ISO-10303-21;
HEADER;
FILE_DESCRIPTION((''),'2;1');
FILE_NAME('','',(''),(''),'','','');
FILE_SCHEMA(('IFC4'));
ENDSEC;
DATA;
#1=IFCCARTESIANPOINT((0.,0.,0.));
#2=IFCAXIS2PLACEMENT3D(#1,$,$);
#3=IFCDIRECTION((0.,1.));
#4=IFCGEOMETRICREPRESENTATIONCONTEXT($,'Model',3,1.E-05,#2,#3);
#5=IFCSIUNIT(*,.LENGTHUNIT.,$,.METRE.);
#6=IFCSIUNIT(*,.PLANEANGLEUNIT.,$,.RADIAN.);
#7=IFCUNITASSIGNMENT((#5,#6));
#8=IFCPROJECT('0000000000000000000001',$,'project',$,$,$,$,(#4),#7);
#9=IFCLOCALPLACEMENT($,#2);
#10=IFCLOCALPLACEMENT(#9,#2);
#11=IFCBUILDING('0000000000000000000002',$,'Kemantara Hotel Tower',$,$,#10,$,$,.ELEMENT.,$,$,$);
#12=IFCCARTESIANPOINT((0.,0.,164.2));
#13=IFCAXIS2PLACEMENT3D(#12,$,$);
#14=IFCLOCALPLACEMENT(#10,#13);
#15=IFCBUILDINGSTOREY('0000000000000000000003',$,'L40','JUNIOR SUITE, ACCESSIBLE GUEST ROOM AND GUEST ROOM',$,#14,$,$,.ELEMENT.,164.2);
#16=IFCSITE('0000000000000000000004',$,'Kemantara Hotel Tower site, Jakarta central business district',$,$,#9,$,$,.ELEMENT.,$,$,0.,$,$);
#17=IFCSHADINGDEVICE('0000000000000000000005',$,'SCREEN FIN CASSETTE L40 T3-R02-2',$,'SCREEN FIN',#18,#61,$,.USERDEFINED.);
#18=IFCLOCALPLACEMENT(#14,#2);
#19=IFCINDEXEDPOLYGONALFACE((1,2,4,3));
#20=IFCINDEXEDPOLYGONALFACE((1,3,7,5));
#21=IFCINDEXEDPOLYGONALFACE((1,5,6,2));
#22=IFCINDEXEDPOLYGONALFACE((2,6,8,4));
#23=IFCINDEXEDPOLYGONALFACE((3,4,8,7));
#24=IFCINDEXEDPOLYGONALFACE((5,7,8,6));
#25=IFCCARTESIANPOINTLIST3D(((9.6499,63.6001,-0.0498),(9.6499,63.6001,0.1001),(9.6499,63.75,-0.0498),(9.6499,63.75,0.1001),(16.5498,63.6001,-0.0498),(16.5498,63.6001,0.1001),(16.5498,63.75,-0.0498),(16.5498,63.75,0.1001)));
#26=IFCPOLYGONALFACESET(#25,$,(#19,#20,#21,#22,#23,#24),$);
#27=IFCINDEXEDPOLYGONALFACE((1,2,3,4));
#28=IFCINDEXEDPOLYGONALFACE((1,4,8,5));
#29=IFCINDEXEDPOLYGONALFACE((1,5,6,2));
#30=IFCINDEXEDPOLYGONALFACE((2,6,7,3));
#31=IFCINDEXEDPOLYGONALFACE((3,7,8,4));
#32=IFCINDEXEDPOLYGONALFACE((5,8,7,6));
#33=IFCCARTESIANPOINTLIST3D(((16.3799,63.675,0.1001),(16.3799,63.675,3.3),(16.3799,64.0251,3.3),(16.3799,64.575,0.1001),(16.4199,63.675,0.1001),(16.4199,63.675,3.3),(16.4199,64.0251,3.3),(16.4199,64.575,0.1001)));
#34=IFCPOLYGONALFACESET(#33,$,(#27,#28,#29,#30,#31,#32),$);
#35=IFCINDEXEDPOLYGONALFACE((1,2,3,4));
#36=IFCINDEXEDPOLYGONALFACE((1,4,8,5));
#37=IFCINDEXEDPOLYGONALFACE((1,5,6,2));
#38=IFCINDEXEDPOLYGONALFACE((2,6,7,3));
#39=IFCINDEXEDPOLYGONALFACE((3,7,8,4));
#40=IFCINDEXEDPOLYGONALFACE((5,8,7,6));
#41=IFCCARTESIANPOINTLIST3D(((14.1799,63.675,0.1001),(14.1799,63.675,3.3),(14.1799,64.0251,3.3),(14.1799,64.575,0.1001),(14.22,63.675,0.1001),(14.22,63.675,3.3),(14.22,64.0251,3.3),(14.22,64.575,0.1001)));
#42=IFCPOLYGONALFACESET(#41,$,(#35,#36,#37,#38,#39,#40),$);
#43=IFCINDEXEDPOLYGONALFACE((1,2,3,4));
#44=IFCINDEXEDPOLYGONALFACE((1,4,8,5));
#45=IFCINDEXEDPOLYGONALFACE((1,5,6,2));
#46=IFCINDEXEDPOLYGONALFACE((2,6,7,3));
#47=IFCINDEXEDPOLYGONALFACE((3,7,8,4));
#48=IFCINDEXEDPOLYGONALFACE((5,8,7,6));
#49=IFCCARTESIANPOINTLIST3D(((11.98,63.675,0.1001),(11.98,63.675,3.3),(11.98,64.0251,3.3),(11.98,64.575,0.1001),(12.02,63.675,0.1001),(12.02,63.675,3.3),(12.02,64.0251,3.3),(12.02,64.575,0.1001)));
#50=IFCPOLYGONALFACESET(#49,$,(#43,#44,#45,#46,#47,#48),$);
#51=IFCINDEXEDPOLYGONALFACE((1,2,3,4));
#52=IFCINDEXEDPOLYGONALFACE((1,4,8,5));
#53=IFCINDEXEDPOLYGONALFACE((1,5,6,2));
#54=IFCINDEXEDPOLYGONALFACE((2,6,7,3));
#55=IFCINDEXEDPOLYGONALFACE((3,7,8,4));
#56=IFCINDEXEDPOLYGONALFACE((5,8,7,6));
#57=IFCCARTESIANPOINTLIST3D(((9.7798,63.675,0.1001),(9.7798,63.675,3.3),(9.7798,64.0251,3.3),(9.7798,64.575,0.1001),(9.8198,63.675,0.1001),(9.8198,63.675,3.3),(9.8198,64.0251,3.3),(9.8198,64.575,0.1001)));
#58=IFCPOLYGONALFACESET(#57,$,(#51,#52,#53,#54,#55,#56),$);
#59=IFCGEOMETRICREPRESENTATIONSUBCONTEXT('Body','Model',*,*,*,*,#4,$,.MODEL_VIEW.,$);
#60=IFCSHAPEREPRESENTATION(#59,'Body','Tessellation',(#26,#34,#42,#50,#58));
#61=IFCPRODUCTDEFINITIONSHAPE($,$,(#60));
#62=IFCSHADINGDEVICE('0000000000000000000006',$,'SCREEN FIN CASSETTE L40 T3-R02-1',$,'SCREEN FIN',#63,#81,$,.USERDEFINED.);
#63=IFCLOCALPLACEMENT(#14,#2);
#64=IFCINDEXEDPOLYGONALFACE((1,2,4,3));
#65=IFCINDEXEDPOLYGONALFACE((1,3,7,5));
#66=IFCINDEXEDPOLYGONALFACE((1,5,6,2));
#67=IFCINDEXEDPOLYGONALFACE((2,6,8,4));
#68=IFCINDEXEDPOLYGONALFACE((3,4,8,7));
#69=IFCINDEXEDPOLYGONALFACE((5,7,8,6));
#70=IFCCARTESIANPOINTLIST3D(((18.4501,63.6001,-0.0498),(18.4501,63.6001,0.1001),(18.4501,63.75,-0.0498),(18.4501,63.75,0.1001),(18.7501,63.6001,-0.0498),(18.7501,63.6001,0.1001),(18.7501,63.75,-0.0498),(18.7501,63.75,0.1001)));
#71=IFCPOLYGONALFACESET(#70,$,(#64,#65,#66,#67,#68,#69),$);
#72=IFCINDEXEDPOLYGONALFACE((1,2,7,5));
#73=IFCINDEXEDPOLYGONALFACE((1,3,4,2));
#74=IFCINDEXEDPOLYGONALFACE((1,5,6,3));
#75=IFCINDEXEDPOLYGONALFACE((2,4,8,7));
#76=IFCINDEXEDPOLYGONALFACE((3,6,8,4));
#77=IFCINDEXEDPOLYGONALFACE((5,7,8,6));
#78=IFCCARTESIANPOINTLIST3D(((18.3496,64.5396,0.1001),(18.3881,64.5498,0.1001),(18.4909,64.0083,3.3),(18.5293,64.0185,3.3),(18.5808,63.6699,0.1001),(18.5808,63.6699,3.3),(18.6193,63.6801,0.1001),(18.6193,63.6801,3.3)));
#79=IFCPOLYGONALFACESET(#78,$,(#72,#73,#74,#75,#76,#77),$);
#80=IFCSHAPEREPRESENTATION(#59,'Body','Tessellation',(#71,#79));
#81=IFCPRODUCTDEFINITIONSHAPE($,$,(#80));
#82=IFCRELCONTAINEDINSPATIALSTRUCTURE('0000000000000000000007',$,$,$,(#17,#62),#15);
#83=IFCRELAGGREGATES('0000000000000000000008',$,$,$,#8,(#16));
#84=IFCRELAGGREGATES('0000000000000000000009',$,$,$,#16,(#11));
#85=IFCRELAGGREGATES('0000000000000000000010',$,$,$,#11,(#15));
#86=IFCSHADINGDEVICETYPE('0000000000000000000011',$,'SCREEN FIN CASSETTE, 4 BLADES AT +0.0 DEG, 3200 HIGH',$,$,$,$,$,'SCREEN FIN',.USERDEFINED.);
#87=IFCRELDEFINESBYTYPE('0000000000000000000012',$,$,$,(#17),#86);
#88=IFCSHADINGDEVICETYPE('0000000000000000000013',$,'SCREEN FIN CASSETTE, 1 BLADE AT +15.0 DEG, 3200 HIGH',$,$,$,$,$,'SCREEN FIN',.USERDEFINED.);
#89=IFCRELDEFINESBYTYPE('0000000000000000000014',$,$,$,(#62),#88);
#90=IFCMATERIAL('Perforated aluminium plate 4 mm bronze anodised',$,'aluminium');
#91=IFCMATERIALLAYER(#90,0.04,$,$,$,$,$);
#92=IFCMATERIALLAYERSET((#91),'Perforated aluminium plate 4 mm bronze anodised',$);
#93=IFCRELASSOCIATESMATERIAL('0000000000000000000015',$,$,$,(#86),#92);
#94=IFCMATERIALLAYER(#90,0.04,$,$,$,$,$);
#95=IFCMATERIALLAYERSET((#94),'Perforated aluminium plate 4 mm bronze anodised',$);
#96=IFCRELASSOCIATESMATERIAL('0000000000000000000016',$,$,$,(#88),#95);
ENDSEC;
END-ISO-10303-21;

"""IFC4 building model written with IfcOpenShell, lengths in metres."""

from ifc_helpers import new_model, si_unit, direction, frame, origin, origin_2d, place, context, subcontext, project, spatial, polyline, rectangle, outline, extrude, source, transform, mapped, material, layer, layer_set, type_object, element, save


model = new_model("IFC4")

# Units and contexts
model_context = context("Model", 3, precision=1e-05, world=origin(), true_north=direction((0.0, 1.0)))
body_context = subcontext(model_context, "Body", "Model", "MODEL_VIEW")
ifc_project = project(units=[si_unit("LENGTHUNIT", "METRE"), si_unit("PLANEANGLEUNIT", "RADIAN")], contexts=[model_context])

# Site, building, storey
site_placement = place(None, origin())
site = spatial("IfcSite", under=ifc_project, at=site_placement, Name="Kemantara Hotel Tower site, Jakarta central business district", CompositionType="ELEMENT", RefElevation=0.0)
building_placement = place(site_placement, origin())
building = spatial("IfcBuilding", under=site, at=building_placement, Name="Kemantara Hotel Tower", CompositionType="ELEMENT")
storey_placement = place(building_placement, frame((0.0, 0.0, 164.2)))
storey = spatial("IfcBuildingStorey", under=building, at=storey_placement, Name="L40", Description="JUNIOR SUITE, ACCESSIBLE GUEST ROOM AND GUEST ROOM", CompositionType="ELEMENT", Elevation=164.2)

# Shading devices
ifc_material_1 = material(Name="Perforated aluminium plate 4 mm bronze anodised", Category="aluminium")
ifc_layer_1 = layer(ifc_material_1, 0.04)
ifc_layer_set_1 = layer_set([ifc_layer_1], Name="Perforated aluminium plate 4 mm bronze anodised")
shading_device_type_1 = type_object("IfcShadingDeviceType", Name="SCREEN FIN CASSETTE, 4 BLADES AT +0.0 DEG, 3200 HIGH", ElementType="SCREEN FIN", PredefinedType="USERDEFINED", material=ifc_layer_set_1)
shared_shape_1 = source(origin(), body_context, "Body", "SweptSolid", [
    extrude(rectangle(XDim=6.8999, YDim=0.1499, at=origin_2d()), frame((3.3, -0.075, -0.1499), z_axis=(0.0, 0.0, 1.0), x_axis=(1.0, 0.0, 0.0)), (0.0, 0.0, 1.0), 0.1499),
    extrude(outline(polyline([(0.0, 0.0), (0.8999, 0.0), (0.3501, 3.2), (0.0, 3.2), (0.0, 0.0)])), frame((0.02, -0.075, 0.0), z_axis=(-1.0, 0.0, 0.0), x_axis=(0.0, -1.0, 0.0)), (0.0, 0.0, 1.0), 0.04),
    extrude(outline(polyline([(0.0, 0.0), (0.8999, 0.0), (0.3501, 3.2), (0.0, 3.2), (0.0, 0.0)])), frame((2.22, -0.075, 0.0), z_axis=(-1.0, 0.0, 0.0), x_axis=(0.0, -1.0, 0.0)), (0.0, 0.0, 1.0), 0.04),
    extrude(outline(polyline([(0.0, 0.0), (0.8999, 0.0), (0.3501, 3.2), (0.0, 3.2), (0.0, 0.0)])), frame((4.4199, -0.075, 0.0), z_axis=(-1.0, 0.0, 0.0), x_axis=(0.0, -1.0, 0.0)), (0.0, 0.0, 1.0), 0.04),
    extrude(outline(polyline([(0.0, 0.0), (0.8999, 0.0), (0.3501, 3.2), (0.0, 3.2), (0.0, 0.0)])), frame((6.6201, -0.075, 0.0), z_axis=(-1.0, 0.0, 0.0), x_axis=(0.0, -1.0, 0.0)), (0.0, 0.0, 1.0), 0.04),
])
shading_device_1_placement = place(storey_placement, frame((16.3999, 63.6001, 0.1001), z_axis=(0.0, 0.0, 1.0), x_axis=(-1.0, 0.0, 0.0)))
element("IfcShadingDevice", 1, at=shading_device_1_placement, inside=storey, type_object=shading_device_type_1, Name="SCREEN FIN CASSETTE L40 T3-R02-2", ObjectType="SCREEN FIN", PredefinedType="USERDEFINED", context=body_context, shape_type="MappedRepresentation", body=[
    mapped(shared_shape_1, transform((0.0, 0.0, 0.0))),
])
ifc_layer_2 = layer(ifc_material_1, 0.04)
ifc_layer_set_2 = layer_set([ifc_layer_2], Name="Perforated aluminium plate 4 mm bronze anodised")
shading_device_type_2 = type_object("IfcShadingDeviceType", Name="SCREEN FIN CASSETTE, 1 BLADE AT +15.0 DEG, 3200 HIGH", ElementType="SCREEN FIN", PredefinedType="USERDEFINED", material=ifc_layer_set_2)
shared_shape_2 = source(origin(), body_context, "Body", "SweptSolid", [
    extrude(rectangle(XDim=0.3, YDim=0.1499, at=origin_2d()), frame((0.0, -0.075, -0.1499), z_axis=(0.0, 0.0, 1.0), x_axis=(1.0, 0.0, 0.0)), (0.0, 0.0, 1.0), 0.1499),
    extrude(outline(polyline([(0.0, 0.0), (0.8999, 0.0), (0.3501, 3.2), (0.0, 3.2), (0.0, 0.0)])), frame((0.0193, -0.0698, 0.0), z_axis=(-0.966438, -0.256901, 0.0), x_axis=(0.256901, -0.966438, 0.0)), (0.0, 0.0, 1.0), 0.0398),
])
shading_device_2_placement = place(storey_placement, frame((18.6001, 63.6001, 0.1001), z_axis=(0.0, 0.0, 1.0), x_axis=(-1.0, 0.0, 0.0)))
element("IfcShadingDevice", 2, at=shading_device_2_placement, inside=storey, type_object=shading_device_type_2, Name="SCREEN FIN CASSETTE L40 T3-R02-1", ObjectType="SCREEN FIN", PredefinedType="USERDEFINED", context=body_context, shape_type="MappedRepresentation", body=[
    mapped(shared_shape_2, transform((0.0, 0.0, 0.0))),
])

save(model, "model.ifc")
